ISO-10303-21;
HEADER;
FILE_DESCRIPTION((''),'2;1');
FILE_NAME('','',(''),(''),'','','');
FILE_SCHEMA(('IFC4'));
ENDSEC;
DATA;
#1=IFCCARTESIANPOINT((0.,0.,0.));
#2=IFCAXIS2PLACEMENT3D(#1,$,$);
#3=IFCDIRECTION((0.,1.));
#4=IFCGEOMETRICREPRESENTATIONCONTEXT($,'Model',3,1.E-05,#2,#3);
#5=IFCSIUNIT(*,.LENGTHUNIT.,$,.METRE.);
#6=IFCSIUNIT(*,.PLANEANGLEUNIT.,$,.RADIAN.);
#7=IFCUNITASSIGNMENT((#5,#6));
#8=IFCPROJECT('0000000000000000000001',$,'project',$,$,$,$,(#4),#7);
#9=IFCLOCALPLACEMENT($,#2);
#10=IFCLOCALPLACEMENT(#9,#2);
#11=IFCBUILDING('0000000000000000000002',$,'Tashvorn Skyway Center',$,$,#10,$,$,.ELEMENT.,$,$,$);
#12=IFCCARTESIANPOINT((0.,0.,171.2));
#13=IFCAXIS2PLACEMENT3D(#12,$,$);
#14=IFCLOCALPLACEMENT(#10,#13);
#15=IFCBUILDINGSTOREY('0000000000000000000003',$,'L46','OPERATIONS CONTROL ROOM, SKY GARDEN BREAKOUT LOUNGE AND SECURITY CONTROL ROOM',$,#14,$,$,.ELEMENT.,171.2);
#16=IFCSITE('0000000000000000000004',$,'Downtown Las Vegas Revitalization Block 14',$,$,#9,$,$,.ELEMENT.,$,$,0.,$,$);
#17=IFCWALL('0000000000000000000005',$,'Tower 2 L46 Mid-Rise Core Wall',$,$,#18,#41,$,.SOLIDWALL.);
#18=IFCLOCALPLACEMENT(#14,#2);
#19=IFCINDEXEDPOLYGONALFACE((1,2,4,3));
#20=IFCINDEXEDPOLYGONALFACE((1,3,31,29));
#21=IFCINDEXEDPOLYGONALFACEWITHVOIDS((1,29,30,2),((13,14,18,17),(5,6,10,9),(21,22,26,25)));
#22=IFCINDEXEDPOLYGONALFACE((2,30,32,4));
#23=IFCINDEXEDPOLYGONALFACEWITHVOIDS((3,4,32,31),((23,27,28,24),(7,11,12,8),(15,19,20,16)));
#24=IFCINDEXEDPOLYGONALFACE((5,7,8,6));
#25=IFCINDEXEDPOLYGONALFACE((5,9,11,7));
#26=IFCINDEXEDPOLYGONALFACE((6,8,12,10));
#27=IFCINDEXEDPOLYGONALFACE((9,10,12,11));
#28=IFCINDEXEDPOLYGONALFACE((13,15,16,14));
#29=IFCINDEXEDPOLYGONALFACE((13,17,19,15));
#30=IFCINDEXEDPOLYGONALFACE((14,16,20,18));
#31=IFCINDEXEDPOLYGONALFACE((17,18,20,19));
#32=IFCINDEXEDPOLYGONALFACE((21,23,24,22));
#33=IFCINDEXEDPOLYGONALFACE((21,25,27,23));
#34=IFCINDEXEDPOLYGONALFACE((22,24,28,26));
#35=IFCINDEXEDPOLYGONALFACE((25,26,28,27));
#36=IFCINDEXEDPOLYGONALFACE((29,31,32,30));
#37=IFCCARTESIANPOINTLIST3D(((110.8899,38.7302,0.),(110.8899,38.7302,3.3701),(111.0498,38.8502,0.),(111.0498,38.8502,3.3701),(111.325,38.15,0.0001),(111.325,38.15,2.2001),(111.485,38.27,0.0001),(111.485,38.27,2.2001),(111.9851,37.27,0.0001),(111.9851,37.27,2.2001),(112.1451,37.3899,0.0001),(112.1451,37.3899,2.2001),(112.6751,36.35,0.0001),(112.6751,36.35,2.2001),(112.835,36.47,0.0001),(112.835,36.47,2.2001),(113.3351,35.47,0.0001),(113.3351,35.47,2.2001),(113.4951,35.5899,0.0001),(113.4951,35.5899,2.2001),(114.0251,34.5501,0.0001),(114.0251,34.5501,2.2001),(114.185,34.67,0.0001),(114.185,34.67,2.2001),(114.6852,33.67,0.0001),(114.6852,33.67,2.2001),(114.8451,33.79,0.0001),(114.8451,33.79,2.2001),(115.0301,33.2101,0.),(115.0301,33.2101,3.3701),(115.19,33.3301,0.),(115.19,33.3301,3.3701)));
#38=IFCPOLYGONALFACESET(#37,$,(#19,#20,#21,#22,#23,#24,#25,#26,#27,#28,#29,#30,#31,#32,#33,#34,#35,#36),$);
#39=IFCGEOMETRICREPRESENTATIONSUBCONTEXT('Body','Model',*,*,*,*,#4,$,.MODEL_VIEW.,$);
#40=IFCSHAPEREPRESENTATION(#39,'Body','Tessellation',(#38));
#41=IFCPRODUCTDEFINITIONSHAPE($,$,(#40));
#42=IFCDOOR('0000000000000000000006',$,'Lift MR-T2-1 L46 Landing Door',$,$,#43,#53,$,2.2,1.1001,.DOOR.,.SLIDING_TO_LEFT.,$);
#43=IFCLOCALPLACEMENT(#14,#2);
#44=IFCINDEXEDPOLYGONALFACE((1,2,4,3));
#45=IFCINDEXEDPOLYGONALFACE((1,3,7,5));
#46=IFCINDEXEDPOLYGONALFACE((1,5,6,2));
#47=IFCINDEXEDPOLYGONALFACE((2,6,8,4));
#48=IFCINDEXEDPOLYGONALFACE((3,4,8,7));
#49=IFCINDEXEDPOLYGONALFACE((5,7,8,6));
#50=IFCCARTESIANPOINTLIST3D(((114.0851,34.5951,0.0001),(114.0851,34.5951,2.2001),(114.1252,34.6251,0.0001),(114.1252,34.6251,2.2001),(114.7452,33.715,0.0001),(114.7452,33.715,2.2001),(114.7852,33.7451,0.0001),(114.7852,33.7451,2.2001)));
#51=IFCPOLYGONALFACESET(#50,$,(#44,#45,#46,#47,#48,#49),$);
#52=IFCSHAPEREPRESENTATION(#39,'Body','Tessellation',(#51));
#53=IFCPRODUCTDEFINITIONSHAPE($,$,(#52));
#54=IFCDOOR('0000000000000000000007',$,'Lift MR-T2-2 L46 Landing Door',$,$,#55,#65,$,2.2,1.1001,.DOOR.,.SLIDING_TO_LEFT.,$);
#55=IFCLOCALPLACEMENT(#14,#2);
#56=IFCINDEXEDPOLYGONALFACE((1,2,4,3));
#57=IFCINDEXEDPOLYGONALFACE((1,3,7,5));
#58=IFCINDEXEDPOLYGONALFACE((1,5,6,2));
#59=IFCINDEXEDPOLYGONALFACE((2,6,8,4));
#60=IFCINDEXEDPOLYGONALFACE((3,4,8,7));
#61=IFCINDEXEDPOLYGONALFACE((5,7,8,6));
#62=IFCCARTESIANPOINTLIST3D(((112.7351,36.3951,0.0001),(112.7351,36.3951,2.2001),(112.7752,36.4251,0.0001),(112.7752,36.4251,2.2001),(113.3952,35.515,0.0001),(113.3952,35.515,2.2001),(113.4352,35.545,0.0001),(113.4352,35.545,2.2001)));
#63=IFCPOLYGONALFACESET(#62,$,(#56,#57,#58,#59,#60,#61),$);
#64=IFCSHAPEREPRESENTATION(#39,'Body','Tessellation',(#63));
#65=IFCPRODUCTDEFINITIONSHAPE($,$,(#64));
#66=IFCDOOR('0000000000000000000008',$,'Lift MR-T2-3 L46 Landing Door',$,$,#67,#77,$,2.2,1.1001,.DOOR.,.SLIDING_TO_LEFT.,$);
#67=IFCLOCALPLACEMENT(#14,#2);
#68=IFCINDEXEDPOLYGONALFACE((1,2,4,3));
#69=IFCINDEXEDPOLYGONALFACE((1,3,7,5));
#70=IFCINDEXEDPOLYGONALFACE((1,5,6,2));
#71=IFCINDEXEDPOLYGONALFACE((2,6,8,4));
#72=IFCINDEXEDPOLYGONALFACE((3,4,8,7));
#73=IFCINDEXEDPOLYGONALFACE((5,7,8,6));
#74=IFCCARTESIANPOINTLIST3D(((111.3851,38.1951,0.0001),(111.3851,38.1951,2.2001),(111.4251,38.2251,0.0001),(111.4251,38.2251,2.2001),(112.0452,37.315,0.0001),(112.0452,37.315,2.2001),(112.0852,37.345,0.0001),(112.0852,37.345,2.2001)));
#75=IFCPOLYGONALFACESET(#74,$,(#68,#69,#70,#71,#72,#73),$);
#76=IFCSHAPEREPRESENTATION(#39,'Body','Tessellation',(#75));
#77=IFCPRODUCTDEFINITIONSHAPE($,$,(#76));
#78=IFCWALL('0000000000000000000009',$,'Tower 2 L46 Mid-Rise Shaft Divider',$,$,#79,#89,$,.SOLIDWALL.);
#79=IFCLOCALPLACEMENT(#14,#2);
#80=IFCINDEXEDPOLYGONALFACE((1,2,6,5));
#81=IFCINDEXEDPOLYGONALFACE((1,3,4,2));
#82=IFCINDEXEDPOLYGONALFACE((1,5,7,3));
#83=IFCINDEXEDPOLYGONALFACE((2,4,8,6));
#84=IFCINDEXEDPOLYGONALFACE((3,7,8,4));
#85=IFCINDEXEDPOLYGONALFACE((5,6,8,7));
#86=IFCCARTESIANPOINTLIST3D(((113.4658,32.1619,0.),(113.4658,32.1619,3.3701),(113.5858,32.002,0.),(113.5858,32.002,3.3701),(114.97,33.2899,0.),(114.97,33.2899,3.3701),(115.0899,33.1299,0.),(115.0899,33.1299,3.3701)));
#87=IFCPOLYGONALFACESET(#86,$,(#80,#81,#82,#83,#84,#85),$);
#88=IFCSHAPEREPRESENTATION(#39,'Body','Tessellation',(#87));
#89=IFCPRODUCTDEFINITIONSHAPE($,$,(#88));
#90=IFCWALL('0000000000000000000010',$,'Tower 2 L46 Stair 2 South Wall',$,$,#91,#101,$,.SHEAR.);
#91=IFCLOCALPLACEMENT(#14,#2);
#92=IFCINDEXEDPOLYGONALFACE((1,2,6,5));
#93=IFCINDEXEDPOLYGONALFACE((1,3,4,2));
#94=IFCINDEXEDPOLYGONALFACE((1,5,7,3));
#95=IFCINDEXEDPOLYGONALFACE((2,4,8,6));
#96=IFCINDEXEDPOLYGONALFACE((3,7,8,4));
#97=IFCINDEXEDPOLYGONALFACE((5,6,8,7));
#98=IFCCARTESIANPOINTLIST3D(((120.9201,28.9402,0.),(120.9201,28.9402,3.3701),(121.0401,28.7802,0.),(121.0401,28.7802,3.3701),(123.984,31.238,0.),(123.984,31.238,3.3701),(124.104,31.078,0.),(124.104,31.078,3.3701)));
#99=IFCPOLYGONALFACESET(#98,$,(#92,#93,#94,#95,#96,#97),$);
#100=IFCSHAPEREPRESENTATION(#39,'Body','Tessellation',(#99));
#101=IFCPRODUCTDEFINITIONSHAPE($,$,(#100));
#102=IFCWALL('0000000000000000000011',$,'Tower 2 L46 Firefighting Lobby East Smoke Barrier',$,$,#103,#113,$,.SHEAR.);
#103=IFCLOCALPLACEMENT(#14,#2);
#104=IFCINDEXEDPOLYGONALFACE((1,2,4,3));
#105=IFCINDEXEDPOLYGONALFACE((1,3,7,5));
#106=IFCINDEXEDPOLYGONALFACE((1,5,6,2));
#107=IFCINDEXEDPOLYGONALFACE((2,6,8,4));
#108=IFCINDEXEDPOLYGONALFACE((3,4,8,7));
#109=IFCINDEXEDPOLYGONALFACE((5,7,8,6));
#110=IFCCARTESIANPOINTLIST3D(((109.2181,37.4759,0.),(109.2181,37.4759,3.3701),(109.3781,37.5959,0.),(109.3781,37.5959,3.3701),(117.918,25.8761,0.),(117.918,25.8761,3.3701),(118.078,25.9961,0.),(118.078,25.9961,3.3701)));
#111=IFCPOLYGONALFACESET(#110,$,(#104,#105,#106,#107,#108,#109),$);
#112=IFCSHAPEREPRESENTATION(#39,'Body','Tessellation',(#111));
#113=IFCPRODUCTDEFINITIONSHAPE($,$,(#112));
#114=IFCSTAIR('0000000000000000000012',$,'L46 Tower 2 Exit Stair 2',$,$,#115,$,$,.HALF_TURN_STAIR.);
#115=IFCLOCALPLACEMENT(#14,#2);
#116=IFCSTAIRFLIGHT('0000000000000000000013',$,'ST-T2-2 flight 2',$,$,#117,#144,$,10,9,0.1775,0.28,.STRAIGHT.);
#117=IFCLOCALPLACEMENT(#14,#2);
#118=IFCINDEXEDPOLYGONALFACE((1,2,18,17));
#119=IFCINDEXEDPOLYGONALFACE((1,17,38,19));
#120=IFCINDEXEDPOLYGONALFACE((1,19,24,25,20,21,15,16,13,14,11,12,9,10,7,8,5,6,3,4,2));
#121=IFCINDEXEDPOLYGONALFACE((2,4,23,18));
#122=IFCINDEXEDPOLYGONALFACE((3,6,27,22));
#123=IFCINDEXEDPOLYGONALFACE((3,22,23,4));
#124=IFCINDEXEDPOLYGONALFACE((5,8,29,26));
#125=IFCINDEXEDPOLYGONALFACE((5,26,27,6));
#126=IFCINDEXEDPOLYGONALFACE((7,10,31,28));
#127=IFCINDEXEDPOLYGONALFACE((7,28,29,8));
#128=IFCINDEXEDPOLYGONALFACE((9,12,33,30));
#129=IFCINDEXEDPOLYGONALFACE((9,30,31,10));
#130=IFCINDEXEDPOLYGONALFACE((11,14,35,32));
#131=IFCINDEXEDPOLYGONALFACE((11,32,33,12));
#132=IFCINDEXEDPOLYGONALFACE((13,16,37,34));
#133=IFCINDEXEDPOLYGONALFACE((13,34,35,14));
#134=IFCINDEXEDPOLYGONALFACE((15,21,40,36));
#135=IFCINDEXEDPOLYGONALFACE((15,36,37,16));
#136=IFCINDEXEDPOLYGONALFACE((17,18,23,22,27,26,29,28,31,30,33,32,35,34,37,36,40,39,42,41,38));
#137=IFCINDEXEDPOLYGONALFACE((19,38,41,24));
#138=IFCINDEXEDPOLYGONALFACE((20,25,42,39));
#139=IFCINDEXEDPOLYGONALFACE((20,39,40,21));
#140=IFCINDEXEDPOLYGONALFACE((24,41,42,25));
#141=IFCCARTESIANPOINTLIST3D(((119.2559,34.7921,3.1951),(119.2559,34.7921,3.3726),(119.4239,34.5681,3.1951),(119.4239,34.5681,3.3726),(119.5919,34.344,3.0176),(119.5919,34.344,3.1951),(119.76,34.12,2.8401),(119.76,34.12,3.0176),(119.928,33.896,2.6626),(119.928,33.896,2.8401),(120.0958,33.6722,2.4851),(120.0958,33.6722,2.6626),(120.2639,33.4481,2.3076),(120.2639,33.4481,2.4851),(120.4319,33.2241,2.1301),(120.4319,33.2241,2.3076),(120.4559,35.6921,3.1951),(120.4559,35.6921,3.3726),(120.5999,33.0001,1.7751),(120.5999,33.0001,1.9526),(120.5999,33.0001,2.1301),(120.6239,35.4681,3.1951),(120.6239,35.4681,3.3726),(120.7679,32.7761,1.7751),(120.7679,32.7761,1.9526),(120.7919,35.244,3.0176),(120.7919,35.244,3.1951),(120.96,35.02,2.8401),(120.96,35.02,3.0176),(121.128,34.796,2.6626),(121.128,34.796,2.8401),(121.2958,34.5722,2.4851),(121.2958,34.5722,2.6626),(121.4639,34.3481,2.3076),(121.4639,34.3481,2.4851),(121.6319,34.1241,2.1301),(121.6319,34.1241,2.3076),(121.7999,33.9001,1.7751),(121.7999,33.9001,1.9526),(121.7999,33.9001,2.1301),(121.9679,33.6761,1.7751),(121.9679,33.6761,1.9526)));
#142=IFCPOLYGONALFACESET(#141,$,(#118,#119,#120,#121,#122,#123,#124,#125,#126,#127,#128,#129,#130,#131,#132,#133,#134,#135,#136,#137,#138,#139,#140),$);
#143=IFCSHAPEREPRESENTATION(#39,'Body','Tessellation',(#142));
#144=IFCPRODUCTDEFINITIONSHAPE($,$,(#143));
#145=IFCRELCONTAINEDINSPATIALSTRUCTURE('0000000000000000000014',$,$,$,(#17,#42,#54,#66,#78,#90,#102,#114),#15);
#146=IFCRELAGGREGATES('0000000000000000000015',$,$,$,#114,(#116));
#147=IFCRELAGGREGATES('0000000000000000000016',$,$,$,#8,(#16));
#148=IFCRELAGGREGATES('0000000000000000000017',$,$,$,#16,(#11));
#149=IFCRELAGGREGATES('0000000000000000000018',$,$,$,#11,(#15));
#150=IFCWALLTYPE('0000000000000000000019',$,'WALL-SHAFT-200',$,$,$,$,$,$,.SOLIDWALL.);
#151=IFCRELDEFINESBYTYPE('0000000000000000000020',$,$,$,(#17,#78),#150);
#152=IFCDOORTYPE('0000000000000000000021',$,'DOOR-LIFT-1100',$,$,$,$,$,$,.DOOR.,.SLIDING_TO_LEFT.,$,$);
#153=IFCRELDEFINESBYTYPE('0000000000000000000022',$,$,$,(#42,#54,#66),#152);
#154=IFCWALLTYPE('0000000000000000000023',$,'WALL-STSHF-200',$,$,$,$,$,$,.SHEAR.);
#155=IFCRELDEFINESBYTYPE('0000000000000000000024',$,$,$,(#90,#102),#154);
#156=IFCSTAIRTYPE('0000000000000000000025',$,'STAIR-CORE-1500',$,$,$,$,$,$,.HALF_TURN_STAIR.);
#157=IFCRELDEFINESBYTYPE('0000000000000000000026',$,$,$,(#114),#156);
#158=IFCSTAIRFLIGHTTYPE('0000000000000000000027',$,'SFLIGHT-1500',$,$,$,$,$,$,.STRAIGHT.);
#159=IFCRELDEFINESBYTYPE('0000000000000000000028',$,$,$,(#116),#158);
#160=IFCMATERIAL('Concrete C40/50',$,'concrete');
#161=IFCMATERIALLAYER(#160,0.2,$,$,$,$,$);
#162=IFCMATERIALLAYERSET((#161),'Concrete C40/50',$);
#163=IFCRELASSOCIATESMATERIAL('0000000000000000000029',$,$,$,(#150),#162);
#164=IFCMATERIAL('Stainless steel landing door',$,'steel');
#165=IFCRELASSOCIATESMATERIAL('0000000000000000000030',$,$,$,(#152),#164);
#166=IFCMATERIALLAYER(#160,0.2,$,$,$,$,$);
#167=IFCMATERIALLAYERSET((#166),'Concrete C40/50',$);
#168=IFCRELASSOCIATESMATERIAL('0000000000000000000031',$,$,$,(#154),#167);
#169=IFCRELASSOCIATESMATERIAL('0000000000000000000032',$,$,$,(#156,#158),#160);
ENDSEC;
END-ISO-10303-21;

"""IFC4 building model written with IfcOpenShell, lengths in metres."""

from ifc_helpers import new_model, si_unit, direction, frame, frame_2d, origin, place, context, subcontext, project, spatial, polyline, rectangle, outline, extrude, material, layer, layer_set, type_object, element, fill, aggregate, save


model = new_model("IFC4")

# Units and contexts
model_context = context("Model", 3, precision=1e-05, world=origin(), true_north=direction((0.0, 1.0)))
body_context = subcontext(model_context, "Body", "Model", "MODEL_VIEW")
ifc_project = project(units=[si_unit("LENGTHUNIT", "METRE"), si_unit("PLANEANGLEUNIT", "RADIAN")], contexts=[model_context])

# Site, building, storey
site_placement = place(None, origin())
site = spatial("IfcSite", under=ifc_project, at=site_placement, Name="Downtown Las Vegas Revitalization Block 14", CompositionType="ELEMENT", RefElevation=0.0)
building_placement = place(site_placement, origin())
building = spatial("IfcBuilding", under=site, at=building_placement, Name="Tashvorn Skyway Center", CompositionType="ELEMENT")
storey_placement = place(building_placement, frame((0.0, 0.0, 171.2)))
storey = spatial("IfcBuildingStorey", under=building, at=storey_placement, Name="L46", Description="OPERATIONS CONTROL ROOM, SKY GARDEN BREAKOUT LOUNGE AND SECURITY CONTROL ROOM", CompositionType="ELEMENT", Elevation=171.2)

# Wall, openings, doors
ifc_material_1 = material(Name="Concrete C40/50", Category="concrete")
ifc_layer_1 = layer(ifc_material_1, 0.2)
ifc_layer_set_1 = layer_set([ifc_layer_1], Name="Concrete C40/50")
wall_type_1 = type_object("IfcWallType", Name="WALL-SHAFT-200", PredefinedType="SOLIDWALL", material=ifc_layer_set_1)
wall_1_placement = place(storey_placement, frame((115.1101, 33.27, 0.0), z_axis=(0.0, 0.0, 1.0), x_axis=(-0.600011, 0.799992, 0.0)))
wall_1 = element("IfcWall", 1, at=wall_1_placement, inside=storey, type_object=wall_type_1, Name="Tower 2 L46 Mid-Rise Core Wall", PredefinedType="SOLIDWALL", context=body_context, shape_type="SweptSolid", body=[
    extrude(rectangle(XDim=6.9001, YDim=0.2, at=frame_2d((3.4502, 0.0))), origin(), (0.0, 0.0, 1.0), 3.3701),
])
opening_1_placement = place(wall_1_placement, frame((0.575, 0.0, 0.0)))
opening_1 = element("IfcOpeningElement", 2, at=opening_1_placement, cuts=wall_1, PredefinedType="OPENING", context=body_context, shape_type="SweptSolid", body=[
    extrude(rectangle(XDim=1.1001, YDim=2.2, at=frame_2d((0.55, 1.1001))), frame((0.0, 0.1099, 0.0), z_axis=(0.0, -1.0, 0.0), x_axis=(1.0, 0.0, 0.0)), (0.0, 0.0, 1.0), 0.22),
])
opening_2_placement = place(wall_1_placement, frame((2.825, 0.0, 0.0)))
opening_2 = element("IfcOpeningElement", 3, at=opening_2_placement, cuts=wall_1, PredefinedType="OPENING", context=body_context, shape_type="SweptSolid", body=[
    extrude(rectangle(XDim=1.1001, YDim=2.2, at=frame_2d((0.55, 1.1001))), frame((0.0, 0.1099, 0.0), z_axis=(0.0, -1.0, 0.0), x_axis=(1.0, 0.0, 0.0)), (0.0, 0.0, 1.0), 0.22),
])
opening_3_placement = place(wall_1_placement, frame((5.075, 0.0, 0.0)))
opening_3 = element("IfcOpeningElement", 4, at=opening_3_placement, cuts=wall_1, PredefinedType="OPENING", context=body_context, shape_type="SweptSolid", body=[
    extrude(rectangle(XDim=1.1001, YDim=2.2, at=frame_2d((0.55, 1.1001))), frame((0.0, 0.1099, 0.0), z_axis=(0.0, -1.0, 0.0), x_axis=(1.0, 0.0, 0.0)), (0.0, 0.0, 1.0), 0.22),
])
ifc_material_2 = material(Name="Stainless steel landing door", Category="steel")
door_type_1 = type_object("IfcDoorType", Name="DOOR-LIFT-1100", OperationType="SLIDING_TO_LEFT", PredefinedType="DOOR", material=ifc_material_2)
door_1_placement = place(opening_1_placement, origin())
door_1 = element("IfcDoor", 5, at=door_1_placement, inside=storey, type_object=door_type_1, Name="Lift MR-T2-1 L46 Landing Door", OperationType="SLIDING_TO_LEFT", OverallHeight=2.2, OverallWidth=1.1001, PredefinedType="DOOR", context=body_context, shape_type="SweptSolid", body=[
    extrude(rectangle(XDim=1.1001, YDim=2.2, at=frame_2d((0.55, 1.1001))), frame((0.0, 0.0249, 0.0), z_axis=(0.0, -1.0, 0.0), x_axis=(1.0, 0.0, 0.0)), (0.0, 0.0, 1.0), 0.05),
])
fill(opening_1, door_1)
door_2_placement = place(opening_2_placement, origin())
door_2 = element("IfcDoor", 6, at=door_2_placement, inside=storey, type_object=door_type_1, Name="Lift MR-T2-2 L46 Landing Door", OperationType="SLIDING_TO_LEFT", OverallHeight=2.2, OverallWidth=1.1001, PredefinedType="DOOR", context=body_context, shape_type="SweptSolid", body=[
    extrude(rectangle(XDim=1.1001, YDim=2.2, at=frame_2d((0.55, 1.1001))), frame((0.0, 0.0249, 0.0), z_axis=(0.0, -1.0, 0.0), x_axis=(1.0, 0.0, 0.0)), (0.0, 0.0, 1.0), 0.05),
])
fill(opening_2, door_2)
door_3_placement = place(opening_3_placement, origin())
door_3 = element("IfcDoor", 7, at=door_3_placement, inside=storey, type_object=door_type_1, Name="Lift MR-T2-3 L46 Landing Door", OperationType="SLIDING_TO_LEFT", OverallHeight=2.2, OverallWidth=1.1001, PredefinedType="DOOR", context=body_context, shape_type="SweptSolid", body=[
    extrude(rectangle(XDim=1.1001, YDim=2.2, at=frame_2d((0.55, 1.1001))), frame((0.0, 0.0249, 0.0), z_axis=(0.0, -1.0, 0.0), x_axis=(1.0, 0.0, 0.0)), (0.0, 0.0, 1.0), 0.05),
])
fill(opening_3, door_3)

# Walls
wall_2_placement = place(storey_placement, frame((113.5259, 32.082, 0.0), z_axis=(0.0, 0.0, 1.0), x_axis=(0.800047, 0.599938, 0.0)))
element("IfcWall", 8, at=wall_2_placement, inside=storey, type_object=wall_type_1, Name="Tower 2 L46 Mid-Rise Shaft Divider", PredefinedType="SOLIDWALL", context=body_context, shape_type="SweptSolid", body=[
    extrude(rectangle(XDim=1.8801, YDim=0.2, at=frame_2d((0.9399, 0.0))), origin(), (0.0, 0.0, 1.0), 3.3701),
])
ifc_layer_2 = layer(ifc_material_1, 0.2)
ifc_layer_set_2 = layer_set([ifc_layer_2], Name="Concrete C40/50")
wall_type_2 = type_object("IfcWallType", Name="WALL-STSHF-200", PredefinedType="SHEAR", material=ifc_layer_set_2)
wall_3_placement = place(storey_placement, frame((120.98, 28.8601, 0.0), z_axis=(0.0, 0.0, 1.0), x_axis=(0.800015, 0.59998, 0.0)))
element("IfcWall", 9, at=wall_3_placement, inside=storey, type_object=wall_type_2, Name="Tower 2 L46 Stair 2 South Wall", PredefinedType="SHEAR", context=body_context, shape_type="SweptSolid", body=[
    extrude(rectangle(XDim=3.8298, YDim=0.2, at=frame_2d((1.915, 0.0))), origin(), (0.0, 0.0, 1.0), 3.3701),
])
wall_4_placement = place(storey_placement, frame((117.998, 25.936, 0.0), z_axis=(0.0, 0.0, 1.0), x_axis=(-0.600003, 0.799998, 0.0)))
element("IfcWall", 10, at=wall_4_placement, inside=storey, type_object=wall_type_2, Name="Tower 2 L46 Firefighting Lobby East Smoke Barrier", PredefinedType="SHEAR", context=body_context, shape_type="SweptSolid", body=[
    extrude(rectangle(XDim=14.4998, YDim=0.2, at=frame_2d((7.25, 0.0))), origin(), (0.0, 0.0, 1.0), 3.3701),
])

# Stair, stair flight
stair_type = type_object("IfcStairType", Name="STAIR-CORE-1500", PredefinedType="HALF_TURN_STAIR", material=ifc_material_1)
stair_placement = place(storey_placement, origin())
stair = element("IfcStair", 11, at=stair_placement, inside=storey, type_object=stair_type, Name="L46 Tower 2 Exit Stair 2", PredefinedType="HALF_TURN_STAIR")
stair_flight_type = type_object("IfcStairFlightType", Name="SFLIGHT-1500", PredefinedType="STRAIGHT", material=ifc_material_1)
stair_flight_placement = place(storey_placement, frame((121.3679, 33.2261, 1.7751), z_axis=(0.0, 0.0, 1.0), x_axis=(-0.6, 0.8, 0.0)))
stair_flight = element("IfcStairFlight", 12, at=stair_flight_placement, type_object=stair_flight_type, Name="ST-T2-2 flight 2", NumberOfRisers=10, NumberOfTreads=9, PredefinedType="STRAIGHT", RiserHeight=0.1775, TreadLength=0.28, context=body_context, shape_type="SweptSolid", body=[
    extrude(outline(polyline([(0.0, 0.0), (0.0, 0.1775), (0.28, 0.1775), (0.28, 0.355), (0.5601, 0.355), (0.5601, 0.5325), (0.8401, 0.5325), (0.8401, 0.71), (1.1201, 0.71), (1.1201, 0.8875), (1.3999, 0.8875), (1.3999, 1.0649), (1.6799, 1.0649), (1.6799, 1.2424), (1.96, 1.2424), (1.96, 1.4199), (2.24, 1.4199), (2.24, 1.5974), (2.52, 1.5974), (2.52, 1.7749), (2.52, 1.4199), (0.28, 0.0), (0.0, 0.0)])), frame((0.0, 0.75, 0.0), z_axis=(0.0, -1.0, 0.0), x_axis=(1.0, 0.0, 0.0)), (0.0, 0.0, 1.0), 1.5),
])
aggregate(stair, [stair_flight])

save(model, "model.ifc")
